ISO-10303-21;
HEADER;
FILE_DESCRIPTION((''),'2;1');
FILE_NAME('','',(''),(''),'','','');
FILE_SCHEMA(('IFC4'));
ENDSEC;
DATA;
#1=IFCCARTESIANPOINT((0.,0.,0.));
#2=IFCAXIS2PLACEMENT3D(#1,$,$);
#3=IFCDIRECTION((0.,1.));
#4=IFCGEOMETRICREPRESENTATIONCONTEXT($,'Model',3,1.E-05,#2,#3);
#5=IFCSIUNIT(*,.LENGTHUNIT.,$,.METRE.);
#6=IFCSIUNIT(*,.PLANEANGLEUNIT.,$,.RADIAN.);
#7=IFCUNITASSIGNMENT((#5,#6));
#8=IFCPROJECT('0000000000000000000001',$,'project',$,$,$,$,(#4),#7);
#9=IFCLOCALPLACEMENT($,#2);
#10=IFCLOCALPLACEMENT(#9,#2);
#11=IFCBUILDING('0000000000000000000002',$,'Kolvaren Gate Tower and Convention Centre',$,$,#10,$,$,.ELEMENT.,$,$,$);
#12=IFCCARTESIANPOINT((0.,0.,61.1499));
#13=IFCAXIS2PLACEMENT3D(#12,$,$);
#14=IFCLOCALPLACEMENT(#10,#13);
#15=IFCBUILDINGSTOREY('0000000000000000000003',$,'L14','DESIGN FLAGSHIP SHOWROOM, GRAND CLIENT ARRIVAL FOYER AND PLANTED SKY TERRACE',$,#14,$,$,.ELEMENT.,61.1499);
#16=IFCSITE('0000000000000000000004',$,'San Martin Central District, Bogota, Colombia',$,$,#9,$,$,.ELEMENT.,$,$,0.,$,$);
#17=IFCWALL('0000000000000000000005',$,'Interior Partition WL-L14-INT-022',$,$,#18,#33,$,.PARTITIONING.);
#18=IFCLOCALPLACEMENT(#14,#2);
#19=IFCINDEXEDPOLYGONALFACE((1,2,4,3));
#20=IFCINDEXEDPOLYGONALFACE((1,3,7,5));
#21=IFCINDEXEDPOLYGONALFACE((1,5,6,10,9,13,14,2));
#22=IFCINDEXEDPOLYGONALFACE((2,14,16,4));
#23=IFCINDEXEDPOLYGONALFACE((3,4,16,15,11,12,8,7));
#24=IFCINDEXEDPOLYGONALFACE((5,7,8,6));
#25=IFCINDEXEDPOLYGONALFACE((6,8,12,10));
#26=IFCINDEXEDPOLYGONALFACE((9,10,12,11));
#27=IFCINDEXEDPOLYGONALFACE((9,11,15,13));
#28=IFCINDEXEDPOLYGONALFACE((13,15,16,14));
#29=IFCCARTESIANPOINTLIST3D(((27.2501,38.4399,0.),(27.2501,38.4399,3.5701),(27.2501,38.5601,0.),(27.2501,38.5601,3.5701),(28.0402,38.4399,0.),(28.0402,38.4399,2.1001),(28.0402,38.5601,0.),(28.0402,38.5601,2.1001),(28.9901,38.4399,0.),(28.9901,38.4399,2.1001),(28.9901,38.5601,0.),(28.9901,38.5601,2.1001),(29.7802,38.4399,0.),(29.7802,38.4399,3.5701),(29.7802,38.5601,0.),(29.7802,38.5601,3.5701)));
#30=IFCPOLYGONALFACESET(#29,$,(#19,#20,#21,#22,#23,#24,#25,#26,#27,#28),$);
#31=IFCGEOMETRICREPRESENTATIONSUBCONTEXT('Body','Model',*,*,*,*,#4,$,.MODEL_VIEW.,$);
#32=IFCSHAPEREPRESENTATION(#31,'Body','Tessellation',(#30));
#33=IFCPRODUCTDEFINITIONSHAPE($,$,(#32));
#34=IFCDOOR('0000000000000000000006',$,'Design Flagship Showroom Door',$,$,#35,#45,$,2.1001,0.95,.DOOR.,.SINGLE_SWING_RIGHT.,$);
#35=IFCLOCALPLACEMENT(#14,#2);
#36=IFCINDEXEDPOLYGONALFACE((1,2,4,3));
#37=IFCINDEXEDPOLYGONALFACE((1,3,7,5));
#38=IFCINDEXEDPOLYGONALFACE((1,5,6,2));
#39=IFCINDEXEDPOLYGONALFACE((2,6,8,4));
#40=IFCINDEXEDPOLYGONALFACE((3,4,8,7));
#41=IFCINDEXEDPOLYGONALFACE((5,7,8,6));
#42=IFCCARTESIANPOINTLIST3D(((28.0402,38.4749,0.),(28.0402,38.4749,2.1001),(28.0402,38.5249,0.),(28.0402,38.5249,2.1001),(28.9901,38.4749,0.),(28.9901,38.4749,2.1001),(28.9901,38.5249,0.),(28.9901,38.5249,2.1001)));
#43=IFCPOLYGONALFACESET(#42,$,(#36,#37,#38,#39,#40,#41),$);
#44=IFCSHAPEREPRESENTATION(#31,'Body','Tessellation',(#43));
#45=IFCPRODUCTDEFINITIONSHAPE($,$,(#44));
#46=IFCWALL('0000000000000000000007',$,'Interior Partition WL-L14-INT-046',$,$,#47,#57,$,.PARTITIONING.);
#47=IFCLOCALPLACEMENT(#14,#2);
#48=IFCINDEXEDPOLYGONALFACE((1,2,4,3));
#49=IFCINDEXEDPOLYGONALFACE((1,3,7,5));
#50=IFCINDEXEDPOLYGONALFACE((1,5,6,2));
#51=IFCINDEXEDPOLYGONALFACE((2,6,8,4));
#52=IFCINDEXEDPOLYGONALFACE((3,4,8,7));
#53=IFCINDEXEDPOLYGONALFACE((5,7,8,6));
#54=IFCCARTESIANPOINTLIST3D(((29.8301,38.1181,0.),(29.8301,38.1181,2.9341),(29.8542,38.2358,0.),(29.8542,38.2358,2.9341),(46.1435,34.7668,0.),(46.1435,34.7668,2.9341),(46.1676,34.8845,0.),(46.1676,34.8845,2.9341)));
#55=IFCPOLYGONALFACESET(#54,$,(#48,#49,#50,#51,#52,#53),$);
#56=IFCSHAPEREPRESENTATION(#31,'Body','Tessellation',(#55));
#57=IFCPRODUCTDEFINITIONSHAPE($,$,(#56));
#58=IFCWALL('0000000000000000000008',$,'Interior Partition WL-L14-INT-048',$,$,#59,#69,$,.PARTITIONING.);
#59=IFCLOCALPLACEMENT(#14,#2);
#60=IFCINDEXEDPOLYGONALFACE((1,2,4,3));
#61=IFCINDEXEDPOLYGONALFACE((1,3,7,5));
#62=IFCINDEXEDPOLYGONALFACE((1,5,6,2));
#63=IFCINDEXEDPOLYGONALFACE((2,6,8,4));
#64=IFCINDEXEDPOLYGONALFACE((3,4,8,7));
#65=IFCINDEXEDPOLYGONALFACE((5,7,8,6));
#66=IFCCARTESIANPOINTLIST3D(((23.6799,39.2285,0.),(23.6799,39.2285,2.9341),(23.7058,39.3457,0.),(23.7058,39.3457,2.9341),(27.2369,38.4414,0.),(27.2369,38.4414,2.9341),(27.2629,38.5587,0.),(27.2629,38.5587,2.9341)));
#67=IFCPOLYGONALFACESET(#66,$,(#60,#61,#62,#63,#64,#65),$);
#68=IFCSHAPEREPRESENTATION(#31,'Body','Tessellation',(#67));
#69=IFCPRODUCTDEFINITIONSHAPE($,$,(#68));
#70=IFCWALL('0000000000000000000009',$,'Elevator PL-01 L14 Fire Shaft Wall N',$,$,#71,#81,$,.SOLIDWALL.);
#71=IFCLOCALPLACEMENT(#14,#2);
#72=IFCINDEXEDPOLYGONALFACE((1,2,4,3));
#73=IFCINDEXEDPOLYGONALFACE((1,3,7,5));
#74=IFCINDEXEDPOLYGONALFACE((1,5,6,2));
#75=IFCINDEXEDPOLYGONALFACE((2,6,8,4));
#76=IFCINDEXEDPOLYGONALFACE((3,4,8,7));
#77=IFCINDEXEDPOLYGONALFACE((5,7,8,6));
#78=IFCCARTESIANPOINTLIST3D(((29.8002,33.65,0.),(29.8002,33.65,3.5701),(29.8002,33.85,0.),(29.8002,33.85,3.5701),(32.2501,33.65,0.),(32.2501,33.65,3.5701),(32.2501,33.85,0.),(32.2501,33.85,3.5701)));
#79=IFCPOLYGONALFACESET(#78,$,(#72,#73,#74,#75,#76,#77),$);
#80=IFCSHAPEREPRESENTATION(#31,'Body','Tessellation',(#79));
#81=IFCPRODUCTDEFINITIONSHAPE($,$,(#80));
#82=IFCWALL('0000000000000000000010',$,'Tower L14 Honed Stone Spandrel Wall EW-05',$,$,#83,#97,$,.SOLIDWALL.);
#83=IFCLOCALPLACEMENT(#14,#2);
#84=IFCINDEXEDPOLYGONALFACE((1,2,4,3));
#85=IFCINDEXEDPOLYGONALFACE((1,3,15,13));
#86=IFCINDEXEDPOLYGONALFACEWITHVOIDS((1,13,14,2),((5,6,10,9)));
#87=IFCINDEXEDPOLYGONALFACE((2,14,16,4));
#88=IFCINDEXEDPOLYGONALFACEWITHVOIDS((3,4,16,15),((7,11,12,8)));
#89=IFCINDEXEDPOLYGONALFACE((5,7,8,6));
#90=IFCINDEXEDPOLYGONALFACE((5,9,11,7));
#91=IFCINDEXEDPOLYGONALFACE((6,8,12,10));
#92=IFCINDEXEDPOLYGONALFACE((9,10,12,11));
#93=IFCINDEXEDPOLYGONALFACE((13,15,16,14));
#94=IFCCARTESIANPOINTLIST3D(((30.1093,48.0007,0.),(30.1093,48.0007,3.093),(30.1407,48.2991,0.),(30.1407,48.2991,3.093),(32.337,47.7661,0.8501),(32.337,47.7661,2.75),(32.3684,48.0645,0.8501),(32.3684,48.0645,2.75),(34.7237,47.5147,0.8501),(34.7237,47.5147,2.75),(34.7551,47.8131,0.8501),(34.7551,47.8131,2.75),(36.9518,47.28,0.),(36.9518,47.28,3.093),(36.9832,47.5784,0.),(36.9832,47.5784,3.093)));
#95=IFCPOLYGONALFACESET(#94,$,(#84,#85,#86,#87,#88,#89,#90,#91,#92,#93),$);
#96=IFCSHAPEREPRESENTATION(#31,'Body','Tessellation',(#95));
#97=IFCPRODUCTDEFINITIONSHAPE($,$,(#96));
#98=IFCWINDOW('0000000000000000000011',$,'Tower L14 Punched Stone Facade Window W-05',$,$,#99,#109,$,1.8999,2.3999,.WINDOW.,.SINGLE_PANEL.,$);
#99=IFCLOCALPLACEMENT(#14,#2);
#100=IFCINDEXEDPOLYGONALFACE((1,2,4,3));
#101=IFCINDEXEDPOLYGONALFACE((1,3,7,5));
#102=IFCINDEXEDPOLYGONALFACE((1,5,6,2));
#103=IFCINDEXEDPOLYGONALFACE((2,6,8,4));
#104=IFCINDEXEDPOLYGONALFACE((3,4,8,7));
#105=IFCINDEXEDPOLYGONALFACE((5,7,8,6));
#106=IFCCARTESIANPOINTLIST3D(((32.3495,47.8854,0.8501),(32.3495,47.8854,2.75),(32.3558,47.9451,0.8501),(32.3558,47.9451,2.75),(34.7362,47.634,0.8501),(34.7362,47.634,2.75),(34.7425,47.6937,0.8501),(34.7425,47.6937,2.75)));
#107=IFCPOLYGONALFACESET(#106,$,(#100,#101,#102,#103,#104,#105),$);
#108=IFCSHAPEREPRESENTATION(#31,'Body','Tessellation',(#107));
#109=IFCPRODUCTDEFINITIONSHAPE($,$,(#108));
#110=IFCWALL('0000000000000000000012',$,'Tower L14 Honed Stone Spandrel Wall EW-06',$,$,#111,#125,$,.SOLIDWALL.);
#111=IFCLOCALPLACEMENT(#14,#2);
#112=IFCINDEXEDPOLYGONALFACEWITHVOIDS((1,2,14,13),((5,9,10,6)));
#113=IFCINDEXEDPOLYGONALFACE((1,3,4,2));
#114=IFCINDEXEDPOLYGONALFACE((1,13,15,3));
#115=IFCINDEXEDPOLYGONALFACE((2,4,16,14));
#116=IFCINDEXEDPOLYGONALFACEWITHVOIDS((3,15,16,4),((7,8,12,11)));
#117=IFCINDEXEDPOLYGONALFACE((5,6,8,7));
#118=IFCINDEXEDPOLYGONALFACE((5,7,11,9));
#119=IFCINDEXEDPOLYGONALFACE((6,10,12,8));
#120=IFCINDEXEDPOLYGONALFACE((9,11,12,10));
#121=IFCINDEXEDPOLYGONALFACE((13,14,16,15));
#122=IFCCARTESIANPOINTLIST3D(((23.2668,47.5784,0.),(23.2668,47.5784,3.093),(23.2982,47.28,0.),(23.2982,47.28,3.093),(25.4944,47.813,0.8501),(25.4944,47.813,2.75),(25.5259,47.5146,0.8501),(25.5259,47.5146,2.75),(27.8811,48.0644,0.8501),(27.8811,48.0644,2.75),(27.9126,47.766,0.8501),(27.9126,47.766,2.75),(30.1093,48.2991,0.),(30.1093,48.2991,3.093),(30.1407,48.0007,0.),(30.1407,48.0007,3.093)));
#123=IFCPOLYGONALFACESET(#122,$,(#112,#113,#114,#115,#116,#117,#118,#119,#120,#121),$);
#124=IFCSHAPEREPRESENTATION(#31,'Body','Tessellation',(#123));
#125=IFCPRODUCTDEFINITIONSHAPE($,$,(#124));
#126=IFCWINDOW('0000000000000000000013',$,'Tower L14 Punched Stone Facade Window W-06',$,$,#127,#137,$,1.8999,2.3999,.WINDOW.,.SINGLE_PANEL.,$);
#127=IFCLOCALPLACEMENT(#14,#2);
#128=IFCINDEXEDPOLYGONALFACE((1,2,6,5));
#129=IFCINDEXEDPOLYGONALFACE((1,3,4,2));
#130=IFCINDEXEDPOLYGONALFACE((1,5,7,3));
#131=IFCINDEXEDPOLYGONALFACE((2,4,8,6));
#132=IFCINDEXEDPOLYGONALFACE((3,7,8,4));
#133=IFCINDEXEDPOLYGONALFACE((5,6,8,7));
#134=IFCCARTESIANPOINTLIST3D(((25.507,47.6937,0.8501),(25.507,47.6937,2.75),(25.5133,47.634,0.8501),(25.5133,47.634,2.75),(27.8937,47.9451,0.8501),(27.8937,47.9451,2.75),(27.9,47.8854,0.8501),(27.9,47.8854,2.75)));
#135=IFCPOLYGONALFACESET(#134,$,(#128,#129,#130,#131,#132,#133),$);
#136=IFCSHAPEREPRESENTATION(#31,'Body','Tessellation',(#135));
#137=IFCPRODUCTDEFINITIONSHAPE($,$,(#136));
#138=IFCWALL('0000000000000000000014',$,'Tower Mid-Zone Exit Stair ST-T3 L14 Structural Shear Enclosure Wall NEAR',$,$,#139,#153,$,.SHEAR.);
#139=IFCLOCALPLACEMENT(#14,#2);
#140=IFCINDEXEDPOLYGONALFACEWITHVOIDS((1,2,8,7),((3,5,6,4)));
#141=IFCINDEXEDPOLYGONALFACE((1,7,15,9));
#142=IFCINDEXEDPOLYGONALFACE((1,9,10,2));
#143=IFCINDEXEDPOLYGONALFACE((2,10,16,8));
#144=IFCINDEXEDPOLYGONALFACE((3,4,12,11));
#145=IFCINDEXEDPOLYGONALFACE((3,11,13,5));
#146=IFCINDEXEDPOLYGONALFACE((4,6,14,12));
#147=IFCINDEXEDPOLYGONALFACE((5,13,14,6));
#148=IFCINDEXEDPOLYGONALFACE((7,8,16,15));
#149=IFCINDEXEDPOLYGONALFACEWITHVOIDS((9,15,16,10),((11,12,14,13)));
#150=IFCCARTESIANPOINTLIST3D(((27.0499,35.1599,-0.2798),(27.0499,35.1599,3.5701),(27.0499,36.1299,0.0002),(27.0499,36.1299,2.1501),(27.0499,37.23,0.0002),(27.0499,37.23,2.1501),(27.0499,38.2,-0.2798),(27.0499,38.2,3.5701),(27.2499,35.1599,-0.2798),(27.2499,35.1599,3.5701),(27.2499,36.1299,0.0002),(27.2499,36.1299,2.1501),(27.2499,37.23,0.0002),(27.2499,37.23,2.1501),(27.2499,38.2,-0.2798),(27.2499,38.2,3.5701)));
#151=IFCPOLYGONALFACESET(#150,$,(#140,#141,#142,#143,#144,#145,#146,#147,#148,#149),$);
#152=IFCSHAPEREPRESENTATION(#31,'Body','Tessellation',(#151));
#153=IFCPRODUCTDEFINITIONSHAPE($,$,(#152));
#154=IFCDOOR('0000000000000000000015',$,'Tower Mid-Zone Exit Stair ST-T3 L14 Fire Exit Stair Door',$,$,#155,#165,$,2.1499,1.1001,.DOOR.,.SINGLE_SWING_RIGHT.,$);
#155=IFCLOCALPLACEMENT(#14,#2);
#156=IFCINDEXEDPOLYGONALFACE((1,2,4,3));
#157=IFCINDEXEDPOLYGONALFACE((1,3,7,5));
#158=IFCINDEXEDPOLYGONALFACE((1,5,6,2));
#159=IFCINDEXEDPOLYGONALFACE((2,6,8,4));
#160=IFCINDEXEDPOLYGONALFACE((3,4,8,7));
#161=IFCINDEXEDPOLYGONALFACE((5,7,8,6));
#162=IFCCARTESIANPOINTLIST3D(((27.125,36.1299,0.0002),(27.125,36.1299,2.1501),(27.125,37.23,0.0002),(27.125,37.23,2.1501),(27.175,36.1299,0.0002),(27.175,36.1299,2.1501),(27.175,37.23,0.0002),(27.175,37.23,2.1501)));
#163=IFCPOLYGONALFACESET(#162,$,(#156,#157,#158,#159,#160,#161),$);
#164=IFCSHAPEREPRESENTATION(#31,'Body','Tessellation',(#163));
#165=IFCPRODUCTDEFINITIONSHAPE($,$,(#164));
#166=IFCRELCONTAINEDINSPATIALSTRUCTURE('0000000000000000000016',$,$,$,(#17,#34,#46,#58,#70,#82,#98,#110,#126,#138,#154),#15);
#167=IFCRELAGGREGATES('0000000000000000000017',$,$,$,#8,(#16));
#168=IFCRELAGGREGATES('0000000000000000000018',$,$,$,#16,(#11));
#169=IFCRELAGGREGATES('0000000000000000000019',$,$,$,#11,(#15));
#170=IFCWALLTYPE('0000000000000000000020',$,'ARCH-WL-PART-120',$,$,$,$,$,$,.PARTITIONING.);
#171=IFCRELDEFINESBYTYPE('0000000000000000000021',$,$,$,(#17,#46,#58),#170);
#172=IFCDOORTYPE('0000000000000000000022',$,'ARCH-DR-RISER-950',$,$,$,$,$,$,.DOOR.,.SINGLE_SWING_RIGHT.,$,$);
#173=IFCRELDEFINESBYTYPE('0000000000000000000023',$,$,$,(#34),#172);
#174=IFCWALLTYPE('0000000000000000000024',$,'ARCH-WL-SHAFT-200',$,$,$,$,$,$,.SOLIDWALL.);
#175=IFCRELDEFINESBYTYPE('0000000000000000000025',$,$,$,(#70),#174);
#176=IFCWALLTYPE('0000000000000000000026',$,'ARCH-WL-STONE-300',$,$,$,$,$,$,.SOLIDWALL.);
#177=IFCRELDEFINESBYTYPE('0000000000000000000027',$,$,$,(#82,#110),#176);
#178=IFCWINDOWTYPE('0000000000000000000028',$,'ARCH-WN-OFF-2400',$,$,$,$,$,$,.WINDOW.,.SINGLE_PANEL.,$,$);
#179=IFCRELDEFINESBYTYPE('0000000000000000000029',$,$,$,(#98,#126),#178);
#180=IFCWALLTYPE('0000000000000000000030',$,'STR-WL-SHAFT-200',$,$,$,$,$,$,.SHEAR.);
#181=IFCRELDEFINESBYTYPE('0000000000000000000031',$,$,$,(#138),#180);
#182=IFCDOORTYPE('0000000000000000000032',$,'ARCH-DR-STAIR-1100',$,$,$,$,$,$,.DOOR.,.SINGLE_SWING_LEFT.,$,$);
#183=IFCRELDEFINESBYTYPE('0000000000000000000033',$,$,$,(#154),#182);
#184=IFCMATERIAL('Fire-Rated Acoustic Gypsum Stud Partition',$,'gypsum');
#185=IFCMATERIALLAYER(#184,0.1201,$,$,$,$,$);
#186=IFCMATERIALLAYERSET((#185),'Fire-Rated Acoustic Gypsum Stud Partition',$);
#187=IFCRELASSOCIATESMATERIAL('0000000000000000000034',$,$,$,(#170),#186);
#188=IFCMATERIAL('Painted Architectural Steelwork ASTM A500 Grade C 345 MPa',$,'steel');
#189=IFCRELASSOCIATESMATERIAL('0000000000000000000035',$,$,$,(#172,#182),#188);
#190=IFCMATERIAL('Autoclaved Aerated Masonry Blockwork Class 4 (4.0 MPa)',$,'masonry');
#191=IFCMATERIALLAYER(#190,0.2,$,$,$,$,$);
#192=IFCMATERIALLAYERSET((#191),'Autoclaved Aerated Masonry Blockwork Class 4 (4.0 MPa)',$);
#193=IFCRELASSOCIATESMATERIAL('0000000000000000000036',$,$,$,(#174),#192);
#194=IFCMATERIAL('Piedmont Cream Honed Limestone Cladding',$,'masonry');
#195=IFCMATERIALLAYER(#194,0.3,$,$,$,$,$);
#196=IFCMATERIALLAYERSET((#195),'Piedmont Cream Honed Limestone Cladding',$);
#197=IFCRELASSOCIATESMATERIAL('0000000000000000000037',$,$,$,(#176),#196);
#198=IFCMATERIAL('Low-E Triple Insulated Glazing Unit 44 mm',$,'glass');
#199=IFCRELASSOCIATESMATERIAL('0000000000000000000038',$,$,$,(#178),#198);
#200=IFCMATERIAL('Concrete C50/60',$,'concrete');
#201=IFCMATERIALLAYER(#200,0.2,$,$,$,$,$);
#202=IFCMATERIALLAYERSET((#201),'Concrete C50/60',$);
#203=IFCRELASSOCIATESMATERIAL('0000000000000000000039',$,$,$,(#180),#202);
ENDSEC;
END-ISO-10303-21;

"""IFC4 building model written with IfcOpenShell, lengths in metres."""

from ifc_helpers import new_model, si_unit, direction, frame, frame_2d, origin, place, context, subcontext, project, spatial, rectangle, extrude, material, layer, layer_set, type_object, element, fill, save


model = new_model("IFC4")

# Units and contexts
model_context = context("Model", 3, precision=1e-05, world=origin(), true_north=direction((0.0, 1.0)))
body_context = subcontext(model_context, "Body", "Model", "MODEL_VIEW")
ifc_project = project(units=[si_unit("LENGTHUNIT", "METRE"), si_unit("PLANEANGLEUNIT", "RADIAN")], contexts=[model_context])

# Site, building, storey
site_placement = place(None, origin())
site = spatial("IfcSite", under=ifc_project, at=site_placement, Name="San Martin Central District, Bogota, Colombia", CompositionType="ELEMENT", RefElevation=0.0)
building_placement = place(site_placement, origin())
building = spatial("IfcBuilding", under=site, at=building_placement, Name="Kolvaren Gate Tower and Convention Centre", CompositionType="ELEMENT")
storey_placement = place(building_placement, frame((0.0, 0.0, 61.1499)))
storey = spatial("IfcBuildingStorey", under=building, at=storey_placement, Name="L14", Description="DESIGN FLAGSHIP SHOWROOM, GRAND CLIENT ARRIVAL FOYER AND PLANTED SKY TERRACE", CompositionType="ELEMENT", Elevation=61.1499)

# Shared definitions
ifc_material_1 = material(Name="Fire-Rated Acoustic Gypsum Stud Partition", Category="gypsum")
ifc_layer_1 = layer(ifc_material_1, 0.1201)
ifc_layer_set_1 = layer_set([ifc_layer_1], Name="Fire-Rated Acoustic Gypsum Stud Partition")
wall_type_1 = type_object("IfcWallType", Name="ARCH-WL-PART-120", PredefinedType="PARTITIONING", material=ifc_layer_set_1)

# Wall, opening, door
wall_1_placement = place(storey_placement, frame((27.25, 38.5, 0.0), z_axis=(0.0, 0.0, 1.0), x_axis=(1.0, 0.0, 0.0)))
wall_1 = element("IfcWall", 1, at=wall_1_placement, inside=storey, type_object=wall_type_1, Name="Interior Partition WL-L14-INT-022", PredefinedType="PARTITIONING", context=body_context, shape_type="SweptSolid", body=[
    extrude(rectangle(XDim=2.53, YDim=0.1201, at=frame_2d((1.2651, 0.0))), origin(), (0.0, 0.0, 1.0), 3.5701),
])
opening_1_placement = place(wall_1_placement, frame((0.79, 0.0, 0.0)))
opening_1 = element("IfcOpeningElement", 2, at=opening_1_placement, cuts=wall_1, PredefinedType="OPENING", context=body_context, shape_type="SweptSolid", body=[
    extrude(rectangle(XDim=0.95, YDim=2.1001, at=frame_2d((0.4751, 1.05))), frame((0.0, 0.0701, 0.0), z_axis=(0.0, -1.0, 0.0), x_axis=(1.0, 0.0, 0.0)), (0.0, 0.0, 1.0), 0.1401),
])
ifc_material_2 = material(Name="Painted Architectural Steelwork ASTM A500 Grade C 345 MPa", Category="steel")
door_type_1 = type_object("IfcDoorType", Name="ARCH-DR-RISER-950", OperationType="SINGLE_SWING_RIGHT", PredefinedType="DOOR", material=ifc_material_2)
door_1_placement = place(opening_1_placement, origin())
door_1 = element("IfcDoor", 3, at=door_1_placement, inside=storey, type_object=door_type_1, Name="Design Flagship Showroom Door", OperationType="SINGLE_SWING_RIGHT", OverallHeight=2.1001, OverallWidth=0.95, PredefinedType="DOOR", context=body_context, shape_type="SweptSolid", body=[
    extrude(rectangle(XDim=0.95, YDim=2.1001, at=frame_2d((0.4751, 1.05))), frame((0.0, 0.0249, 0.0), z_axis=(0.0, -1.0, 0.0), x_axis=(1.0, 0.0, 0.0)), (0.0, 0.0, 1.0), 0.05),
])
fill(opening_1, door_1)

# Walls
wall_2_placement = place(storey_placement, frame((29.842, 38.177, 0.0), z_axis=(0.0, 0.0, 1.0), x_axis=(0.979544, -0.20123, 0.0)))
element("IfcWall", 4, at=wall_2_placement, inside=storey, type_object=wall_type_1, Name="Interior Partition WL-L14-INT-046", PredefinedType="PARTITIONING", context=body_context, shape_type="SweptSolid", body=[
    extrude(rectangle(XDim=16.6541, YDim=0.1201, at=frame_2d((8.3271, 0.0))), origin(), (0.0, 0.0, 1.0), 2.9341),
])
wall_3_placement = place(storey_placement, frame((23.6929, 39.2871, 0.0), z_axis=(0.0, 0.0, 1.0), x_axis=(0.976382, -0.216051, 0.0)))
element("IfcWall", 5, at=wall_3_placement, inside=storey, type_object=wall_type_1, Name="Interior Partition WL-L14-INT-048", PredefinedType="PARTITIONING", context=body_context, shape_type="SweptSolid", body=[
    extrude(rectangle(XDim=3.6431, YDim=0.1201, at=frame_2d((1.8215, 0.0))), origin(), (0.0, 0.0, 1.0), 2.9341),
])
ifc_material_3 = material(Name="Autoclaved Aerated Masonry Blockwork Class 4 (4.0 MPa)", Category="masonry")
ifc_layer_2 = layer(ifc_material_3, 0.2)
ifc_layer_set_2 = layer_set([ifc_layer_2], Name="Autoclaved Aerated Masonry Blockwork Class 4 (4.0 MPa)")
wall_type_2 = type_object("IfcWallType", Name="ARCH-WL-SHAFT-200", PredefinedType="SOLIDWALL", material=ifc_layer_set_2)
wall_4_placement = place(storey_placement, frame((29.8, 33.75, 0.0), z_axis=(0.0, 0.0, 1.0), x_axis=(1.0, 0.0, 0.0)))
element("IfcWall", 6, at=wall_4_placement, inside=storey, type_object=wall_type_2, Name="Elevator PL-01 L14 Fire Shaft Wall N", PredefinedType="SOLIDWALL", context=body_context, shape_type="SweptSolid", body=[
    extrude(rectangle(XDim=2.45, YDim=0.2, at=frame_2d((1.2251, 0.0))), origin(), (0.0, 0.0, 1.0), 3.5701),
])

# Walls, openings, windows
ifc_material_4 = material(Name="Piedmont Cream Honed Limestone Cladding", Category="masonry")
ifc_layer_3 = layer(ifc_material_4, 0.3)
ifc_layer_set_3 = layer_set([ifc_layer_3], Name="Piedmont Cream Honed Limestone Cladding")
wall_type_3 = type_object("IfcWallType", Name="ARCH-WL-STONE-300", PredefinedType="SOLIDWALL", material=ifc_layer_set_3)
wall_5_placement = place(storey_placement, frame((30.125, 48.1499, 0.0), z_axis=(0.0, 0.0, 1.0), x_axis=(0.994499, -0.104748, 0.0)))
wall_5 = element("IfcWall", 7, at=wall_5_placement, inside=storey, type_object=wall_type_3, Name="Tower L14 Honed Stone Spandrel Wall EW-05", PredefinedType="SOLIDWALL", context=body_context, shape_type="SweptSolid", body=[
    extrude(rectangle(XDim=6.8804, YDim=0.3, at=frame_2d((3.4402, 0.0))), origin(), (0.0, 0.0, 1.0), 3.093),
])
opening_2_placement = place(wall_5_placement, frame((2.24, 0.0, 0.8501)))
opening_2 = element("IfcOpeningElement", 8, at=opening_2_placement, cuts=wall_5, PredefinedType="OPENING", context=body_context, shape_type="SweptSolid", body=[
    extrude(rectangle(XDim=2.3999, YDim=1.8999, at=frame_2d((1.2, 0.95))), frame((0.0, 0.1599, 0.0), z_axis=(0.0, -1.0, 0.0), x_axis=(1.0, 0.0, 0.0)), (0.0, 0.0, 1.0), 0.3201),
])
ifc_material_5 = material(Name="Low-E Triple Insulated Glazing Unit 44 mm", Category="glass")
window_type = type_object("IfcWindowType", Name="ARCH-WN-OFF-2400", PartitioningType="SINGLE_PANEL", PredefinedType="WINDOW", material=ifc_material_5)
window_1_placement = place(opening_2_placement, origin())
window_1 = element("IfcWindow", 9, at=window_1_placement, inside=storey, type_object=window_type, Name="Tower L14 Punched Stone Facade Window W-05", OverallHeight=1.8999, OverallWidth=2.3999, PartitioningType="SINGLE_PANEL", PredefinedType="WINDOW", context=body_context, shape_type="SweptSolid", body=[
    extrude(rectangle(XDim=2.3999, YDim=1.8999, at=frame_2d((1.2, 0.95))), frame((0.0, 0.03, 0.0), z_axis=(0.0, -1.0, 0.0), x_axis=(1.0, 0.0, 0.0)), (0.0, 0.0, 1.0), 0.0601),
])
fill(opening_2, window_1)
wall_6_placement = place(storey_placement, frame((23.2825, 47.4292, 0.0), z_axis=(0.0, 0.0, 1.0), x_axis=(0.994499, 0.104748, 0.0)))
wall_6 = element("IfcWall", 10, at=wall_6_placement, inside=storey, type_object=wall_type_3, Name="Tower L14 Honed Stone Spandrel Wall EW-06", PredefinedType="SOLIDWALL", context=body_context, shape_type="SweptSolid", body=[
    extrude(rectangle(XDim=6.8804, YDim=0.3, at=frame_2d((3.4402, 0.0))), origin(), (0.0, 0.0, 1.0), 3.093),
])
opening_3_placement = place(wall_6_placement, frame((2.24, 0.0, 0.8501)))
opening_3 = element("IfcOpeningElement", 11, at=opening_3_placement, cuts=wall_6, PredefinedType="OPENING", context=body_context, shape_type="SweptSolid", body=[
    extrude(rectangle(XDim=2.3999, YDim=1.8999, at=frame_2d((1.2, 0.95))), frame((0.0, 0.1599, 0.0), z_axis=(0.0, -1.0, 0.0), x_axis=(1.0, 0.0, 0.0)), (0.0, 0.0, 1.0), 0.3201),
])
window_2_placement = place(opening_3_placement, origin())
window_2 = element("IfcWindow", 12, at=window_2_placement, inside=storey, type_object=window_type, Name="Tower L14 Punched Stone Facade Window W-06", OverallHeight=1.8999, OverallWidth=2.3999, PartitioningType="SINGLE_PANEL", PredefinedType="WINDOW", context=body_context, shape_type="SweptSolid", body=[
    extrude(rectangle(XDim=2.3999, YDim=1.8999, at=frame_2d((1.2, 0.95))), frame((0.0, 0.03, 0.0), z_axis=(0.0, -1.0, 0.0), x_axis=(1.0, 0.0, 0.0)), (0.0, 0.0, 1.0), 0.0601),
])
fill(opening_3, window_2)

# Wall, opening, door
ifc_material_6 = material(Name="Concrete C50/60", Category="concrete")
ifc_layer_4 = layer(ifc_material_6, 0.2)
ifc_layer_set_4 = layer_set([ifc_layer_4], Name="Concrete C50/60")
wall_type_4 = type_object("IfcWallType", Name="STR-WL-SHAFT-200", PredefinedType="SHEAR", material=ifc_layer_set_4)
wall_7_placement = place(storey_placement, frame((27.1499, 35.1599, -0.2798), z_axis=(0.0, 0.0, 1.0), x_axis=(0.0, 1.0, 0.0)))
wall_7 = element("IfcWall", 13, at=wall_7_placement, inside=storey, type_object=wall_type_4, Name="Tower Mid-Zone Exit Stair ST-T3 L14 Structural Shear Enclosure Wall NEAR", PredefinedType="SHEAR", context=body_context, shape_type="SweptSolid", body=[
    extrude(rectangle(XDim=3.04, YDim=0.2, at=frame_2d((1.52, 0.0))), origin(), (0.0, 0.0, 1.0), 3.8499),
])
opening_4_placement = place(wall_7_placement, frame((0.97, 0.0, 0.28)))
opening_4 = element("IfcOpeningElement", 14, at=opening_4_placement, cuts=wall_7, PredefinedType="OPENING", context=body_context, shape_type="SweptSolid", body=[
    extrude(rectangle(XDim=1.1001, YDim=2.1499, at=frame_2d((0.55, 1.075))), frame((0.0, 0.1099, 0.0), z_axis=(0.0, -1.0, 0.0), x_axis=(1.0, 0.0, 0.0)), (0.0, 0.0, 1.0), 0.22),
])
door_type_2 = type_object("IfcDoorType", Name="ARCH-DR-STAIR-1100", OperationType="SINGLE_SWING_LEFT", PredefinedType="DOOR", material=ifc_material_2)
door_2_placement = place(opening_4_placement, origin())
door_2 = element("IfcDoor", 15, at=door_2_placement, inside=storey, type_object=door_type_2, Name="Tower Mid-Zone Exit Stair ST-T3 L14 Fire Exit Stair Door", OperationType="SINGLE_SWING_RIGHT", OverallHeight=2.1499, OverallWidth=1.1001, PredefinedType="DOOR", context=body_context, shape_type="SweptSolid", body=[
    extrude(rectangle(XDim=1.1001, YDim=2.1499, at=frame_2d((0.55, 1.075))), frame((0.0, 0.0249, 0.0), z_axis=(0.0, -1.0, 0.0), x_axis=(1.0, 0.0, 0.0)), (0.0, 0.0, 1.0), 0.05),
])
fill(opening_4, door_2)

save(model, "model.ifc")
